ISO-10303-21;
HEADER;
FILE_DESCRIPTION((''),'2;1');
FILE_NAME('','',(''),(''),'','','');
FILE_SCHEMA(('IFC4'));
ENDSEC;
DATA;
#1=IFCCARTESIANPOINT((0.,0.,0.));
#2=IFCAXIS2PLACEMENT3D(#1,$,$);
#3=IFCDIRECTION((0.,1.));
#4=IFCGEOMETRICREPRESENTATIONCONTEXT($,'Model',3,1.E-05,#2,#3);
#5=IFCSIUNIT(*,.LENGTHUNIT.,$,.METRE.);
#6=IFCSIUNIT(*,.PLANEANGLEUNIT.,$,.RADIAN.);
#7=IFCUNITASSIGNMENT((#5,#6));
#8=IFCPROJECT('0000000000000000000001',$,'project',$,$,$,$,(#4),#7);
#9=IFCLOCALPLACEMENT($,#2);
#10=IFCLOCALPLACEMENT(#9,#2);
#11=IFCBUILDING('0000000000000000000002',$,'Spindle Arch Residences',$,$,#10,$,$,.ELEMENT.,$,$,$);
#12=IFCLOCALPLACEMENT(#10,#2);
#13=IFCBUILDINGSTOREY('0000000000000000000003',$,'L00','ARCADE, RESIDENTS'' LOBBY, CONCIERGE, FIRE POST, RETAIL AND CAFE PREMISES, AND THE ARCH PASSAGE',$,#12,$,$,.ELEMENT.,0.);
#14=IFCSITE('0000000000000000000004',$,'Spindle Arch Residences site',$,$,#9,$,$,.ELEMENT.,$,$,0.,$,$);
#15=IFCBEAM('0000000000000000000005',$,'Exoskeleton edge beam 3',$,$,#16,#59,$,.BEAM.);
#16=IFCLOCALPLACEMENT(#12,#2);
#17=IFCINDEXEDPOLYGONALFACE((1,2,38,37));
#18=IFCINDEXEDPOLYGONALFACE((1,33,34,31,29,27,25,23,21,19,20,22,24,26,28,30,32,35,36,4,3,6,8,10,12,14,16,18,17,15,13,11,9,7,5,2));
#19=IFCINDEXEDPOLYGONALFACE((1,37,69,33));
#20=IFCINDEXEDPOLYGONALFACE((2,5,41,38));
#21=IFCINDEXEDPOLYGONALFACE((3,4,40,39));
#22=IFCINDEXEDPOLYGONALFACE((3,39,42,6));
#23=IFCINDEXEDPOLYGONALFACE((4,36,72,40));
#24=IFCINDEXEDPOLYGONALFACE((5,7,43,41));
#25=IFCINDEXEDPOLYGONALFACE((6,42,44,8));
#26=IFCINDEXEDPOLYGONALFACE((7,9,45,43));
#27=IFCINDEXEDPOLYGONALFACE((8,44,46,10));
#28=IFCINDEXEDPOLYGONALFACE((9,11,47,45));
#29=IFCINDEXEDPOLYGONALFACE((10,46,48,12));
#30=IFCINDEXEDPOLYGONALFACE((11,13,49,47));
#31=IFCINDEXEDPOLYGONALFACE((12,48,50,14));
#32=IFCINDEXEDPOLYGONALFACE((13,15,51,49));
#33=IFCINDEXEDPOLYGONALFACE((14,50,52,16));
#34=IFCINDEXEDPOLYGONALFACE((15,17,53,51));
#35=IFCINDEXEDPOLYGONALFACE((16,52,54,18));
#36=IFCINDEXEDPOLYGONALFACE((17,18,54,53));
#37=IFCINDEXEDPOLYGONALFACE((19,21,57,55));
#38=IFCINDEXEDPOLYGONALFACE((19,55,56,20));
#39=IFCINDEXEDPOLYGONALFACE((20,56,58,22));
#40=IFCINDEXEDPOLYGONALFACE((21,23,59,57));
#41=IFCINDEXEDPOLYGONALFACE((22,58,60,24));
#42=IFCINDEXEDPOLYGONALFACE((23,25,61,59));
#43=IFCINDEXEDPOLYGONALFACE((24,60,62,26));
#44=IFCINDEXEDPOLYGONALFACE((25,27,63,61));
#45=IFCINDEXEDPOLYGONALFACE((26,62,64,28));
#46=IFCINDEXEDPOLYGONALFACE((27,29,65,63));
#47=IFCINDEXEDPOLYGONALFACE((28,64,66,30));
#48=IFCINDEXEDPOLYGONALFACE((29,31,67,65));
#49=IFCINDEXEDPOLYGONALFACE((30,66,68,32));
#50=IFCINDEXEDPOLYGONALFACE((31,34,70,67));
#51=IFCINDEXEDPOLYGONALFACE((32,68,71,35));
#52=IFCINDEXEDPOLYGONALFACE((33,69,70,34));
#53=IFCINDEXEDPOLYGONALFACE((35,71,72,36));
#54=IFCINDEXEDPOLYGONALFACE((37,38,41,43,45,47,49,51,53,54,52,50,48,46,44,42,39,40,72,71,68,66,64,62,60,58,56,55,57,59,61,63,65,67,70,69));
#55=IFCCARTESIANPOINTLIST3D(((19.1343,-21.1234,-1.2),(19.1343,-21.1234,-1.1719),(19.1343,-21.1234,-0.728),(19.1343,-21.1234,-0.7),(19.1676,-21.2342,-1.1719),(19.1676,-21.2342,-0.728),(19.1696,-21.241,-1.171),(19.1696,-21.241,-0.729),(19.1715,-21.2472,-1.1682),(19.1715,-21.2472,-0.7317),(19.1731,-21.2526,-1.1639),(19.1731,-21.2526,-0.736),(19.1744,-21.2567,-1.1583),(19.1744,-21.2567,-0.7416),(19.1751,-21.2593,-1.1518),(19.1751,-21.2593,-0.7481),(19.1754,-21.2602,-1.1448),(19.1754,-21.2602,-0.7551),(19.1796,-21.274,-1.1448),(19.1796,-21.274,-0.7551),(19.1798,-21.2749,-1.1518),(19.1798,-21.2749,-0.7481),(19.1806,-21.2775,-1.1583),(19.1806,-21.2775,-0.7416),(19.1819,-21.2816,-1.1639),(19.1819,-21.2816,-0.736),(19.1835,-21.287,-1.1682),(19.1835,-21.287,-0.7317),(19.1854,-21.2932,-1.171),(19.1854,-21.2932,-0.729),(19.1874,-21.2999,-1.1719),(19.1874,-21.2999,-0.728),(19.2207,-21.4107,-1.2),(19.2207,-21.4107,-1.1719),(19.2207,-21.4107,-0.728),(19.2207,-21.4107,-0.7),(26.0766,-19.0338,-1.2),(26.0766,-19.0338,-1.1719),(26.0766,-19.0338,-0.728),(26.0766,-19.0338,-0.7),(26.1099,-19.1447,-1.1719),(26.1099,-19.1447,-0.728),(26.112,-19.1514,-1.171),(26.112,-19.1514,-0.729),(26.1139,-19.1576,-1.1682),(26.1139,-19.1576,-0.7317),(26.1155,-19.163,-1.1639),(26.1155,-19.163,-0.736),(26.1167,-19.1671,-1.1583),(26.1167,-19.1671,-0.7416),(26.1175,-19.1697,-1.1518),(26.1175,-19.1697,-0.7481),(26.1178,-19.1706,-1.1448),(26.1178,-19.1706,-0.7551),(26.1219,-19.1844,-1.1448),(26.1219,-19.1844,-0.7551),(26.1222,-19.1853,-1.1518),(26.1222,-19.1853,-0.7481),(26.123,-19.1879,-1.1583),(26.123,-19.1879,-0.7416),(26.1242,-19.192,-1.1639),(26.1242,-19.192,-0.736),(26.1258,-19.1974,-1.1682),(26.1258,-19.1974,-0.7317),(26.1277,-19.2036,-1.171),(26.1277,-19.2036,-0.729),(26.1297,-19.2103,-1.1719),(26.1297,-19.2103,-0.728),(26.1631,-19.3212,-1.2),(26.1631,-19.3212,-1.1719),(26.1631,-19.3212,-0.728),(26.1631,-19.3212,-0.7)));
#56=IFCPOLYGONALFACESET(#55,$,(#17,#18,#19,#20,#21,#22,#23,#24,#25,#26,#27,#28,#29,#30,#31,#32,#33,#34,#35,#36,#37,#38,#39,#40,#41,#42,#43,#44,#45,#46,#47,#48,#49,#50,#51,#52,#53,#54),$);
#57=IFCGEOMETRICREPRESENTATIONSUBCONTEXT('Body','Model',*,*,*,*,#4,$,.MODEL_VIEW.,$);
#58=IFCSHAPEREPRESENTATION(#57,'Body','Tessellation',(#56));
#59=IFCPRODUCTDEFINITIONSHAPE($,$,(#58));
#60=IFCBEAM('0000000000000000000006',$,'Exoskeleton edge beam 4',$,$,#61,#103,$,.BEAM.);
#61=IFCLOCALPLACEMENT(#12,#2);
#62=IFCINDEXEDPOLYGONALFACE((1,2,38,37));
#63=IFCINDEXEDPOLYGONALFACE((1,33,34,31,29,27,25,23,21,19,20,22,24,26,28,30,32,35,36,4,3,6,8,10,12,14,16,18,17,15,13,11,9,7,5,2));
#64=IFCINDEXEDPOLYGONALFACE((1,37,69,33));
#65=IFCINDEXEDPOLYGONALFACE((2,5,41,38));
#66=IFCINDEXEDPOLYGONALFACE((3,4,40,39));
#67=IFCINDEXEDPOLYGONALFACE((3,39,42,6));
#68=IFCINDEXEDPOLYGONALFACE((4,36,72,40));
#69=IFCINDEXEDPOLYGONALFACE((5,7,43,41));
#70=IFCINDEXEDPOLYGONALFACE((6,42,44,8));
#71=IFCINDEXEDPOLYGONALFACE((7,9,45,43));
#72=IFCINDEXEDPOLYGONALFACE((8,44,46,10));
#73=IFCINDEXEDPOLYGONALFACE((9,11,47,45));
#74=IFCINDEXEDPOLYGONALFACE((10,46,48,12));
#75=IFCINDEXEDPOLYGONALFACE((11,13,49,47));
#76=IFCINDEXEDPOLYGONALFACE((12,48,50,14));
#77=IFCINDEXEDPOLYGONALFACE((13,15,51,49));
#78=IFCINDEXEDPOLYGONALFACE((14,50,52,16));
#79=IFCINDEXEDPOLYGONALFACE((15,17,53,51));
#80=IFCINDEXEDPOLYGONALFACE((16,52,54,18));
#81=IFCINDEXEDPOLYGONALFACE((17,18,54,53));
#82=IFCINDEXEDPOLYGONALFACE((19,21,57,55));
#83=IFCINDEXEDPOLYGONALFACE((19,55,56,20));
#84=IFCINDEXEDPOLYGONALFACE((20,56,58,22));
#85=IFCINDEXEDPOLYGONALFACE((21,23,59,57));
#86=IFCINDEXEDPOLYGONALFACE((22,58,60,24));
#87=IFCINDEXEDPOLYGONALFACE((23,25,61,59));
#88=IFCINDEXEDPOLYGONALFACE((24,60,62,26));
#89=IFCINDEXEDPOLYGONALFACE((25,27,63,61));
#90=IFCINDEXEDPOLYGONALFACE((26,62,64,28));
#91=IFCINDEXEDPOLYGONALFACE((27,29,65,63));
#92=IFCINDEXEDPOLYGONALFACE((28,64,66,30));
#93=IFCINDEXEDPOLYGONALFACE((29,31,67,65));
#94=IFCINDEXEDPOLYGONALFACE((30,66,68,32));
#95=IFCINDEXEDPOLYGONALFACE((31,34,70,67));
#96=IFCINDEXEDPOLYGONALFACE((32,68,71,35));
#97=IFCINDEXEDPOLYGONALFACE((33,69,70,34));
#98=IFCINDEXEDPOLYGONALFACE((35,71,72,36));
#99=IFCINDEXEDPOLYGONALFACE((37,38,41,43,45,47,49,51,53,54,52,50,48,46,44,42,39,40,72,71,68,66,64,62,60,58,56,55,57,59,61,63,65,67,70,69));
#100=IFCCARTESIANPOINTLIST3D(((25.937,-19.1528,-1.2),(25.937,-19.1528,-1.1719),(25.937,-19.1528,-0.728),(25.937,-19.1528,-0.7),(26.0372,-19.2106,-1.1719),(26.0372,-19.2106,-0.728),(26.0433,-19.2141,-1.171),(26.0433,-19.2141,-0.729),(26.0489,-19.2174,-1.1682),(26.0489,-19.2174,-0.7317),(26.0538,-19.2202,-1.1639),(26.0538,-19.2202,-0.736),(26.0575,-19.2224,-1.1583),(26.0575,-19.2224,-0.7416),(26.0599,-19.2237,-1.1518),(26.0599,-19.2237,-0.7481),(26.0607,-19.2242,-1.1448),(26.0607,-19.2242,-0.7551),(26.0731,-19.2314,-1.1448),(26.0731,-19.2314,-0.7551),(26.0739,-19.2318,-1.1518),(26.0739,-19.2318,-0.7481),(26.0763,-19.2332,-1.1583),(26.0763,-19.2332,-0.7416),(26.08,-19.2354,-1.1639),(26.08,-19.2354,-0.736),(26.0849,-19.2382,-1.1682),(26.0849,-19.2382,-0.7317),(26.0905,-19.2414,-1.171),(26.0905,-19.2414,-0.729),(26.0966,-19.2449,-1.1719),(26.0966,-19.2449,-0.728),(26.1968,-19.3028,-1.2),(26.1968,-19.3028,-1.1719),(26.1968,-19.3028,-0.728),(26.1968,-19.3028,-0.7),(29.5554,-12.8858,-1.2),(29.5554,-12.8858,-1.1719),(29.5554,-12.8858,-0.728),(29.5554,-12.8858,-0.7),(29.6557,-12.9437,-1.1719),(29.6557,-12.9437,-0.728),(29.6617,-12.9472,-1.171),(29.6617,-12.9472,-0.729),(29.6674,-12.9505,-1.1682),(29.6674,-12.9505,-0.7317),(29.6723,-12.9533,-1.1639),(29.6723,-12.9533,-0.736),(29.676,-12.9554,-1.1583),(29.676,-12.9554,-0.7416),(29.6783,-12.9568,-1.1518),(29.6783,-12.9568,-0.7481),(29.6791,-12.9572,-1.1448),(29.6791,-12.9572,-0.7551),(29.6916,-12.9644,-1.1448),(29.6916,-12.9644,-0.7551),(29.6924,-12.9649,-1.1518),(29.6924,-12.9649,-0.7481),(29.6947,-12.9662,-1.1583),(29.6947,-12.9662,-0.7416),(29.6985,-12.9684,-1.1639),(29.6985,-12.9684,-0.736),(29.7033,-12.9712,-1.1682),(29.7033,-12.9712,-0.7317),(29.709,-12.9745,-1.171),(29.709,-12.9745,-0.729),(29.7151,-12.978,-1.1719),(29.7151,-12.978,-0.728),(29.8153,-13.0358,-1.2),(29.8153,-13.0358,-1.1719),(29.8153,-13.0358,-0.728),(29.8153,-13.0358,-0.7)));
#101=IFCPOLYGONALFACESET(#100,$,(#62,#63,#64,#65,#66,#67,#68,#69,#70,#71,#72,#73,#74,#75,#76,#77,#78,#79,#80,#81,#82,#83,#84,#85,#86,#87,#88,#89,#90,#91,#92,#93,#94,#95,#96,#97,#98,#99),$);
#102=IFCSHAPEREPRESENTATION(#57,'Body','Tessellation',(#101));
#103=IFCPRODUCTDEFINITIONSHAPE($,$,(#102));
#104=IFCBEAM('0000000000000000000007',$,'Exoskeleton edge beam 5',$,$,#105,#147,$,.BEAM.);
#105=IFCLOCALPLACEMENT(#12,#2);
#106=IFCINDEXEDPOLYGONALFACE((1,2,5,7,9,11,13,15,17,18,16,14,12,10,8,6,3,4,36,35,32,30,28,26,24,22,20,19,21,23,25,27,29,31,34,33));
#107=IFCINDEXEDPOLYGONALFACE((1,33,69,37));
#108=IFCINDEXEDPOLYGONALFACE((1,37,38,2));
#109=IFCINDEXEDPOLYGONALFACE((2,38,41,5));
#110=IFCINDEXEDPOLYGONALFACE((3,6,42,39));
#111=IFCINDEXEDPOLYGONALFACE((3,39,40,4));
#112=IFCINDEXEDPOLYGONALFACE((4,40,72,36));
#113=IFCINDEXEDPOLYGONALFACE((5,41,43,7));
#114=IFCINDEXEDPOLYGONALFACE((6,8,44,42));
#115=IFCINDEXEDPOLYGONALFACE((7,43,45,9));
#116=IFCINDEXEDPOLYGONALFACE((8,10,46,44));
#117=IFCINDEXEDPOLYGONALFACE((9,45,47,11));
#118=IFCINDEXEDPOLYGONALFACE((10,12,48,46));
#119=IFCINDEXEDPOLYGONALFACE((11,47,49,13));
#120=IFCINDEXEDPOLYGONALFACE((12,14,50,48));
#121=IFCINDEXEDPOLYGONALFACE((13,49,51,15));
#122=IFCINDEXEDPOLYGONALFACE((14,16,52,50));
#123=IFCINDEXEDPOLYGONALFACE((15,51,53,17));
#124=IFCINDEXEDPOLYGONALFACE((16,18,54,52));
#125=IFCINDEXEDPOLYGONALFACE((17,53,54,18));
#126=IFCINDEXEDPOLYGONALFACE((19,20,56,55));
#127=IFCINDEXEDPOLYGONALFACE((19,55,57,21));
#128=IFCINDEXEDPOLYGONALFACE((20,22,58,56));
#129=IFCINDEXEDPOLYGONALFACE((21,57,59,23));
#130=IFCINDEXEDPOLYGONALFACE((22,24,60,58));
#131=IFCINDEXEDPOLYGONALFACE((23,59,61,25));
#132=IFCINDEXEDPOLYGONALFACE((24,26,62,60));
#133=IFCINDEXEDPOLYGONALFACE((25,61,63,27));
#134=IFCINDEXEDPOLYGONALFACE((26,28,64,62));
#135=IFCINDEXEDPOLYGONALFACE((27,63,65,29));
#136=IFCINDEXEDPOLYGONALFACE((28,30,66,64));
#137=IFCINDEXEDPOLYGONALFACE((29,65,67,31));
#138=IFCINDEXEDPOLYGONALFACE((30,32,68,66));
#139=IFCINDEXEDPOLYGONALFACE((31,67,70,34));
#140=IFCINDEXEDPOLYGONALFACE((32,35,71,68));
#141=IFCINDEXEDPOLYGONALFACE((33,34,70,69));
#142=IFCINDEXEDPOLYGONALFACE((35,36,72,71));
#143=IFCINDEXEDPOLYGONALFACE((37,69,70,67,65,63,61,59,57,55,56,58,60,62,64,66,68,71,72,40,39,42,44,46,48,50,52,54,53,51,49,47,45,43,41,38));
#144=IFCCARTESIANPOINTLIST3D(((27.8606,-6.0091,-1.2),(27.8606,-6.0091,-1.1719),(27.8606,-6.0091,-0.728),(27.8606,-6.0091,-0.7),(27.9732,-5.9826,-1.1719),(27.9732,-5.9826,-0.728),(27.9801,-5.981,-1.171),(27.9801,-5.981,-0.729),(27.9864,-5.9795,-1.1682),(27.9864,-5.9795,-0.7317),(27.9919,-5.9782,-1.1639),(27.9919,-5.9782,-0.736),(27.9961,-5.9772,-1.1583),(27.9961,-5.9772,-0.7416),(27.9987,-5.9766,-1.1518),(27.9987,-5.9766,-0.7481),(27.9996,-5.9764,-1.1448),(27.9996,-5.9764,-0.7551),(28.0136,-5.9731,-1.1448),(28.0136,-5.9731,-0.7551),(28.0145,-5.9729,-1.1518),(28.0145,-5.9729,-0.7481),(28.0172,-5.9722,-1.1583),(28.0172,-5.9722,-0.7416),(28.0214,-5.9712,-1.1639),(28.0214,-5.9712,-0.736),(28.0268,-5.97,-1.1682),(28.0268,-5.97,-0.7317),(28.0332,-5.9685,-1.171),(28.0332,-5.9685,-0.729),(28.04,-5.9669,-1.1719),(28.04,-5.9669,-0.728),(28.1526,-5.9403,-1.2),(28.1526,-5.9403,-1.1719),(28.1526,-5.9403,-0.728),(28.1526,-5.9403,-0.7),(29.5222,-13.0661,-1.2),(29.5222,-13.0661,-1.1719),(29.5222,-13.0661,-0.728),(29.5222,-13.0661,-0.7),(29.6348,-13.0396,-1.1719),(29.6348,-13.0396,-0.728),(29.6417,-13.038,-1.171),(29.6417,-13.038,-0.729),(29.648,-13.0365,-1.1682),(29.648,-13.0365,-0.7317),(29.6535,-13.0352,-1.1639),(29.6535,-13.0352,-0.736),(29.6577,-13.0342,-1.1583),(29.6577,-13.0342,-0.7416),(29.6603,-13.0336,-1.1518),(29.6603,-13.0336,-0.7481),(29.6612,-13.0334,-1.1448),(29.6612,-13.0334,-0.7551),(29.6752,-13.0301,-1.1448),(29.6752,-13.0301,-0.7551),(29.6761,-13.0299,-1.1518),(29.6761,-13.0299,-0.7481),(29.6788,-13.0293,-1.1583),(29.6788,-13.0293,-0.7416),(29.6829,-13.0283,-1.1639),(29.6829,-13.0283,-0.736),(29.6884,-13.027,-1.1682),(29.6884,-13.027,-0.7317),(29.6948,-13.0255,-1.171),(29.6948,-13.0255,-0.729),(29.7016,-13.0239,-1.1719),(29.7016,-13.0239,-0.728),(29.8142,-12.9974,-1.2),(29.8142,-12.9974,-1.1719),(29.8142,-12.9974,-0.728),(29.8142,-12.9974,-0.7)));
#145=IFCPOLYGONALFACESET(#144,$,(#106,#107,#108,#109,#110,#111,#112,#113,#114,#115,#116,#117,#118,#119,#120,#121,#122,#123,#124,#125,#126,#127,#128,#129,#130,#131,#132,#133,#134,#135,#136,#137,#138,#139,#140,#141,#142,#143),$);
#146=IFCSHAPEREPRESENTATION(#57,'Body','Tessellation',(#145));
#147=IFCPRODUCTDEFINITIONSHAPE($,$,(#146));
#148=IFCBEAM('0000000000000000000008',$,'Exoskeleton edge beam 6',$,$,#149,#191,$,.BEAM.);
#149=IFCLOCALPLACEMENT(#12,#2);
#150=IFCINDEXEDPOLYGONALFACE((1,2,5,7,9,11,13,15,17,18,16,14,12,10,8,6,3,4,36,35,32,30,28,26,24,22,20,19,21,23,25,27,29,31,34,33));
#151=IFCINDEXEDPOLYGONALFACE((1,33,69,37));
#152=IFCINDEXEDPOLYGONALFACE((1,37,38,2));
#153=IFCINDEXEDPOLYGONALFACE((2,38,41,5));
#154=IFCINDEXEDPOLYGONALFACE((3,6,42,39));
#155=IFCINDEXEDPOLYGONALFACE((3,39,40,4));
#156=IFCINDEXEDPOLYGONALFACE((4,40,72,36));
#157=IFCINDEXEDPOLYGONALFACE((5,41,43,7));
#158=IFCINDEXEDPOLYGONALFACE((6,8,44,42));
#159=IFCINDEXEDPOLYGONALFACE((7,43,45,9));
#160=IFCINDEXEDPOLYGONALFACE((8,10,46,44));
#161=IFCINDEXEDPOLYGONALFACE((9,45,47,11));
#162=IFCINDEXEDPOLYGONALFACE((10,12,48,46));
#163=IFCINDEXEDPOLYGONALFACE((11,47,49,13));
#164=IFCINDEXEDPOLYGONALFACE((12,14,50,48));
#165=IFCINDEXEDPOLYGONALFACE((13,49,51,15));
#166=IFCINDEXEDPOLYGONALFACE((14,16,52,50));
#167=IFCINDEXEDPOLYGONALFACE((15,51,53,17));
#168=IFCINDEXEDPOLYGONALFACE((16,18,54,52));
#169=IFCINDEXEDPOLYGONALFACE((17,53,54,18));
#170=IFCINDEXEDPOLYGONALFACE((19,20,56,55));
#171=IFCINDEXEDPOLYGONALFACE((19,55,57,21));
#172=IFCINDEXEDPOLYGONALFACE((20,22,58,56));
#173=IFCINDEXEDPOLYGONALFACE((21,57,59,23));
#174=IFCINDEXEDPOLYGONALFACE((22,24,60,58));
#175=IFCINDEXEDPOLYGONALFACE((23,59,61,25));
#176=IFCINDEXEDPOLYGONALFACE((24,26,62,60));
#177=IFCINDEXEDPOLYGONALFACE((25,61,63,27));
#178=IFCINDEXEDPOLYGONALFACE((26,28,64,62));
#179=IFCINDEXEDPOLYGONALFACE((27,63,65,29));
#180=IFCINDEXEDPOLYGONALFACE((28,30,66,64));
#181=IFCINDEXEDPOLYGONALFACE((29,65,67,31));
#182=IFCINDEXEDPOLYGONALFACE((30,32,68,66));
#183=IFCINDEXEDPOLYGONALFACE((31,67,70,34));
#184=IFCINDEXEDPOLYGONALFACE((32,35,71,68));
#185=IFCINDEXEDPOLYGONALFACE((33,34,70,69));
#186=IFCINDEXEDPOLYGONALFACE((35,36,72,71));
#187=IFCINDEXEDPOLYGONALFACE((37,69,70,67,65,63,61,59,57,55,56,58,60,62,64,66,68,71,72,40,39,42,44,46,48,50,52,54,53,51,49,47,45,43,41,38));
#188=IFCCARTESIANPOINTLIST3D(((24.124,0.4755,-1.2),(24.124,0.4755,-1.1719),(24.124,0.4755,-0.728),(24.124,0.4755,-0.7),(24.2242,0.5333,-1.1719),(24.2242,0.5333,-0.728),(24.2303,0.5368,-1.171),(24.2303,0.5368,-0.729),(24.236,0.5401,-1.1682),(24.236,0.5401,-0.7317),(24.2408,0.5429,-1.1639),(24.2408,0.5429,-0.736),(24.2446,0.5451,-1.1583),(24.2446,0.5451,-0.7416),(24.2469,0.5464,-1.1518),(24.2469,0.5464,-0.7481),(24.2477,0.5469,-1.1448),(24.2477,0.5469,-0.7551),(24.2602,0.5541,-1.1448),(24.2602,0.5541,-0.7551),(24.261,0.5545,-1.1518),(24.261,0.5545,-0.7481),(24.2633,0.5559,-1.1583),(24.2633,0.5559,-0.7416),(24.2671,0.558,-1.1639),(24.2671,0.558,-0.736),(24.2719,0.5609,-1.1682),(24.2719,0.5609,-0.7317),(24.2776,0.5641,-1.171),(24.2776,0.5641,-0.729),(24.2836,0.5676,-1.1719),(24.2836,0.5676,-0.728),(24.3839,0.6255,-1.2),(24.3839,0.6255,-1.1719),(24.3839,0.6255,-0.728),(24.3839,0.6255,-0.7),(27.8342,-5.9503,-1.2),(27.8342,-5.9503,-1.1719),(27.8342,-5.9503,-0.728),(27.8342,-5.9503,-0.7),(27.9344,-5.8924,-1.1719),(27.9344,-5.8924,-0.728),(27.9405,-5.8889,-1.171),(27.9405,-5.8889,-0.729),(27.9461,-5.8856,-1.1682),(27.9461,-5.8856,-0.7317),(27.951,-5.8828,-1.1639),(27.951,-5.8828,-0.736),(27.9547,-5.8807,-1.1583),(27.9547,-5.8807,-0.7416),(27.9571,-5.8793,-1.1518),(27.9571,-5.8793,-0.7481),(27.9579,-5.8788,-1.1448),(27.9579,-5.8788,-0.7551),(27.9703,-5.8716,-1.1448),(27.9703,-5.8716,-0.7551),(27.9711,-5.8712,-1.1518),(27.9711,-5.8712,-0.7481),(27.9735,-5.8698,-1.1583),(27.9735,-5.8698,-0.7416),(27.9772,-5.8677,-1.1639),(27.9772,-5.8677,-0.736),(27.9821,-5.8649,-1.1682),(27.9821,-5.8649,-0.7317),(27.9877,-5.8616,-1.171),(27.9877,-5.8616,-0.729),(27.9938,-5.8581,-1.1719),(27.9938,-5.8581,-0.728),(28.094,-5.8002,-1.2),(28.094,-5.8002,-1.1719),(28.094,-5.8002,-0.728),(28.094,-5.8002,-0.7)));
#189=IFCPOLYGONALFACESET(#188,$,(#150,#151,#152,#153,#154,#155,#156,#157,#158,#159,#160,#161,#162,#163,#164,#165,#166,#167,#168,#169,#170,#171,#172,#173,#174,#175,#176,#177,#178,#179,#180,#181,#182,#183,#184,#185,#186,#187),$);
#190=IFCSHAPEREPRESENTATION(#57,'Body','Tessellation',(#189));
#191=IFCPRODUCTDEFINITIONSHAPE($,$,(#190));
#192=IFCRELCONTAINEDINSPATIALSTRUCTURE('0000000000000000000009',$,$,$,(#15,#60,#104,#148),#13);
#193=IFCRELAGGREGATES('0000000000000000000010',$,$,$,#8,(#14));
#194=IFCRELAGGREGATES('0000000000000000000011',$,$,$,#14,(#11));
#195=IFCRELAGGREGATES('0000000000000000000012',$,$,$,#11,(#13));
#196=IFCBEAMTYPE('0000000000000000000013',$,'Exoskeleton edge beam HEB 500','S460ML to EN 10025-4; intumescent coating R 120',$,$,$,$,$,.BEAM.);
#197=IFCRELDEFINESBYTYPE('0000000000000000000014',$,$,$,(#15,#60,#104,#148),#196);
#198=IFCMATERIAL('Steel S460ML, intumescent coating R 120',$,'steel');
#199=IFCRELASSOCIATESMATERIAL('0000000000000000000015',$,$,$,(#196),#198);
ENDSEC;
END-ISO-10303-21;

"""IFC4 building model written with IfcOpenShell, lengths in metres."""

from ifc_helpers import new_model, si_unit, direction, frame, origin, origin_2d, place, context, subcontext, project, spatial, i_section, extrude, material, material_profile, profile_set, type_object, element, save


model = new_model("IFC4")

# Units and contexts
model_context = context("Model", 3, precision=1e-05, world=origin(), true_north=direction((0.0, 1.0)))
body_context = subcontext(model_context, "Body", "Model", "MODEL_VIEW")
ifc_project = project(units=[si_unit("LENGTHUNIT", "METRE"), si_unit("PLANEANGLEUNIT", "RADIAN")], contexts=[model_context])

# Site, building, storey
site_placement = place(None, origin())
site = spatial("IfcSite", under=ifc_project, at=site_placement, Name="Spindle Arch Residences site", CompositionType="ELEMENT", RefElevation=0.0)
building_placement = place(site_placement, origin())
building = spatial("IfcBuilding", under=site, at=building_placement, Name="Spindle Arch Residences", CompositionType="ELEMENT")
storey_placement = place(building_placement, origin())
storey = spatial("IfcBuildingStorey", under=building, at=storey_placement, Name="L00", Description="ARCADE, RESIDENTS' LOBBY, CONCIERGE, FIRE POST, RETAIL AND CAFE PREMISES, AND THE ARCH PASSAGE", CompositionType="ELEMENT", Elevation=0.0)

# Beams
ifc_material_1 = material(Name="Steel S460ML, intumescent coating R 120", Category="steel")
ifc_material_profile_1 = material_profile(ifc_material_1, i_section(OverallWidth=0.3, OverallDepth=0.5, WebThickness=0.0144, FlangeThickness=0.0281, FilletRadius=0.0271, at=origin_2d()), Name="HEB 500")
ifc_profile_set_1 = profile_set([ifc_material_profile_1], Name="Steel S460ML, intumescent coating R 120")
beam_type_1 = type_object("IfcBeamType", Name="Exoskeleton edge beam HEB 500", Description="S460ML to EN 10025-4; intumescent coating R 120", PredefinedType="BEAM", material=ifc_profile_set_1)
beam_1_placement = place(storey_placement, frame((19.1775, -21.2671, -0.95), z_axis=(0.957565, 0.288219, 0.0), x_axis=(-0.288219, 0.957565, 0.0)))
element("IfcBeam", 1, at=beam_1_placement, inside=storey, type_object=beam_type_1, Name="Exoskeleton edge beam 3", PredefinedType="BEAM", context=body_context, shape_type="SweptSolid", body=[
    extrude(i_section(OverallWidth=0.3, OverallDepth=0.5, WebThickness=0.0144, FlangeThickness=0.0281, FilletRadius=0.0271, at=origin_2d()), origin(), (0.0, 0.0, 1.0), 7.25),
])
beam_2_placement = place(storey_placement, frame((26.0669, -19.2278, -0.95), z_axis=(0.500025, 0.866011, 0.0), x_axis=(-0.866011, 0.500025, 0.0)))
element("IfcBeam", 2, at=beam_2_placement, inside=storey, type_object=beam_type_1, Name="Exoskeleton edge beam 4", PredefinedType="BEAM", context=body_context, shape_type="SweptSolid", body=[
    extrude(i_section(OverallWidth=0.3, OverallDepth=0.5, WebThickness=0.0144, FlangeThickness=0.0281, FilletRadius=0.0271, at=origin_2d()), origin(), (0.0, 0.0, 1.0), 7.2366),
])
beam_3_placement = place(storey_placement, frame((29.6682, -13.0317, -0.95), z_axis=(-0.229186, 0.973383, 0.0), x_axis=(-0.973383, -0.229186, 0.0)))
element("IfcBeam", 3, at=beam_3_placement, inside=storey, type_object=beam_type_1, Name="Exoskeleton edge beam 5", PredefinedType="BEAM", context=body_context, shape_type="SweptSolid", body=[
    extrude(i_section(OverallWidth=0.3, OverallDepth=0.5, WebThickness=0.0144, FlangeThickness=0.0281, FilletRadius=0.0271, at=origin_2d()), origin(), (0.0, 0.0, 1.0), 7.25),
])
beam_4_placement = place(storey_placement, frame((27.9641, -5.8752, -0.95), z_axis=(-0.500028, 0.866009, 0.0), x_axis=(-0.866009, -0.500028, 0.0)))
element("IfcBeam", 4, at=beam_4_placement, inside=storey, type_object=beam_type_1, Name="Exoskeleton edge beam 6", PredefinedType="BEAM", context=body_context, shape_type="SweptSolid", body=[
    extrude(i_section(OverallWidth=0.3, OverallDepth=0.5, WebThickness=0.0144, FlangeThickness=0.0281, FilletRadius=0.0271, at=origin_2d()), origin(), (0.0, 0.0, 1.0), 7.4199),
])

save(model, "model.ifc")
